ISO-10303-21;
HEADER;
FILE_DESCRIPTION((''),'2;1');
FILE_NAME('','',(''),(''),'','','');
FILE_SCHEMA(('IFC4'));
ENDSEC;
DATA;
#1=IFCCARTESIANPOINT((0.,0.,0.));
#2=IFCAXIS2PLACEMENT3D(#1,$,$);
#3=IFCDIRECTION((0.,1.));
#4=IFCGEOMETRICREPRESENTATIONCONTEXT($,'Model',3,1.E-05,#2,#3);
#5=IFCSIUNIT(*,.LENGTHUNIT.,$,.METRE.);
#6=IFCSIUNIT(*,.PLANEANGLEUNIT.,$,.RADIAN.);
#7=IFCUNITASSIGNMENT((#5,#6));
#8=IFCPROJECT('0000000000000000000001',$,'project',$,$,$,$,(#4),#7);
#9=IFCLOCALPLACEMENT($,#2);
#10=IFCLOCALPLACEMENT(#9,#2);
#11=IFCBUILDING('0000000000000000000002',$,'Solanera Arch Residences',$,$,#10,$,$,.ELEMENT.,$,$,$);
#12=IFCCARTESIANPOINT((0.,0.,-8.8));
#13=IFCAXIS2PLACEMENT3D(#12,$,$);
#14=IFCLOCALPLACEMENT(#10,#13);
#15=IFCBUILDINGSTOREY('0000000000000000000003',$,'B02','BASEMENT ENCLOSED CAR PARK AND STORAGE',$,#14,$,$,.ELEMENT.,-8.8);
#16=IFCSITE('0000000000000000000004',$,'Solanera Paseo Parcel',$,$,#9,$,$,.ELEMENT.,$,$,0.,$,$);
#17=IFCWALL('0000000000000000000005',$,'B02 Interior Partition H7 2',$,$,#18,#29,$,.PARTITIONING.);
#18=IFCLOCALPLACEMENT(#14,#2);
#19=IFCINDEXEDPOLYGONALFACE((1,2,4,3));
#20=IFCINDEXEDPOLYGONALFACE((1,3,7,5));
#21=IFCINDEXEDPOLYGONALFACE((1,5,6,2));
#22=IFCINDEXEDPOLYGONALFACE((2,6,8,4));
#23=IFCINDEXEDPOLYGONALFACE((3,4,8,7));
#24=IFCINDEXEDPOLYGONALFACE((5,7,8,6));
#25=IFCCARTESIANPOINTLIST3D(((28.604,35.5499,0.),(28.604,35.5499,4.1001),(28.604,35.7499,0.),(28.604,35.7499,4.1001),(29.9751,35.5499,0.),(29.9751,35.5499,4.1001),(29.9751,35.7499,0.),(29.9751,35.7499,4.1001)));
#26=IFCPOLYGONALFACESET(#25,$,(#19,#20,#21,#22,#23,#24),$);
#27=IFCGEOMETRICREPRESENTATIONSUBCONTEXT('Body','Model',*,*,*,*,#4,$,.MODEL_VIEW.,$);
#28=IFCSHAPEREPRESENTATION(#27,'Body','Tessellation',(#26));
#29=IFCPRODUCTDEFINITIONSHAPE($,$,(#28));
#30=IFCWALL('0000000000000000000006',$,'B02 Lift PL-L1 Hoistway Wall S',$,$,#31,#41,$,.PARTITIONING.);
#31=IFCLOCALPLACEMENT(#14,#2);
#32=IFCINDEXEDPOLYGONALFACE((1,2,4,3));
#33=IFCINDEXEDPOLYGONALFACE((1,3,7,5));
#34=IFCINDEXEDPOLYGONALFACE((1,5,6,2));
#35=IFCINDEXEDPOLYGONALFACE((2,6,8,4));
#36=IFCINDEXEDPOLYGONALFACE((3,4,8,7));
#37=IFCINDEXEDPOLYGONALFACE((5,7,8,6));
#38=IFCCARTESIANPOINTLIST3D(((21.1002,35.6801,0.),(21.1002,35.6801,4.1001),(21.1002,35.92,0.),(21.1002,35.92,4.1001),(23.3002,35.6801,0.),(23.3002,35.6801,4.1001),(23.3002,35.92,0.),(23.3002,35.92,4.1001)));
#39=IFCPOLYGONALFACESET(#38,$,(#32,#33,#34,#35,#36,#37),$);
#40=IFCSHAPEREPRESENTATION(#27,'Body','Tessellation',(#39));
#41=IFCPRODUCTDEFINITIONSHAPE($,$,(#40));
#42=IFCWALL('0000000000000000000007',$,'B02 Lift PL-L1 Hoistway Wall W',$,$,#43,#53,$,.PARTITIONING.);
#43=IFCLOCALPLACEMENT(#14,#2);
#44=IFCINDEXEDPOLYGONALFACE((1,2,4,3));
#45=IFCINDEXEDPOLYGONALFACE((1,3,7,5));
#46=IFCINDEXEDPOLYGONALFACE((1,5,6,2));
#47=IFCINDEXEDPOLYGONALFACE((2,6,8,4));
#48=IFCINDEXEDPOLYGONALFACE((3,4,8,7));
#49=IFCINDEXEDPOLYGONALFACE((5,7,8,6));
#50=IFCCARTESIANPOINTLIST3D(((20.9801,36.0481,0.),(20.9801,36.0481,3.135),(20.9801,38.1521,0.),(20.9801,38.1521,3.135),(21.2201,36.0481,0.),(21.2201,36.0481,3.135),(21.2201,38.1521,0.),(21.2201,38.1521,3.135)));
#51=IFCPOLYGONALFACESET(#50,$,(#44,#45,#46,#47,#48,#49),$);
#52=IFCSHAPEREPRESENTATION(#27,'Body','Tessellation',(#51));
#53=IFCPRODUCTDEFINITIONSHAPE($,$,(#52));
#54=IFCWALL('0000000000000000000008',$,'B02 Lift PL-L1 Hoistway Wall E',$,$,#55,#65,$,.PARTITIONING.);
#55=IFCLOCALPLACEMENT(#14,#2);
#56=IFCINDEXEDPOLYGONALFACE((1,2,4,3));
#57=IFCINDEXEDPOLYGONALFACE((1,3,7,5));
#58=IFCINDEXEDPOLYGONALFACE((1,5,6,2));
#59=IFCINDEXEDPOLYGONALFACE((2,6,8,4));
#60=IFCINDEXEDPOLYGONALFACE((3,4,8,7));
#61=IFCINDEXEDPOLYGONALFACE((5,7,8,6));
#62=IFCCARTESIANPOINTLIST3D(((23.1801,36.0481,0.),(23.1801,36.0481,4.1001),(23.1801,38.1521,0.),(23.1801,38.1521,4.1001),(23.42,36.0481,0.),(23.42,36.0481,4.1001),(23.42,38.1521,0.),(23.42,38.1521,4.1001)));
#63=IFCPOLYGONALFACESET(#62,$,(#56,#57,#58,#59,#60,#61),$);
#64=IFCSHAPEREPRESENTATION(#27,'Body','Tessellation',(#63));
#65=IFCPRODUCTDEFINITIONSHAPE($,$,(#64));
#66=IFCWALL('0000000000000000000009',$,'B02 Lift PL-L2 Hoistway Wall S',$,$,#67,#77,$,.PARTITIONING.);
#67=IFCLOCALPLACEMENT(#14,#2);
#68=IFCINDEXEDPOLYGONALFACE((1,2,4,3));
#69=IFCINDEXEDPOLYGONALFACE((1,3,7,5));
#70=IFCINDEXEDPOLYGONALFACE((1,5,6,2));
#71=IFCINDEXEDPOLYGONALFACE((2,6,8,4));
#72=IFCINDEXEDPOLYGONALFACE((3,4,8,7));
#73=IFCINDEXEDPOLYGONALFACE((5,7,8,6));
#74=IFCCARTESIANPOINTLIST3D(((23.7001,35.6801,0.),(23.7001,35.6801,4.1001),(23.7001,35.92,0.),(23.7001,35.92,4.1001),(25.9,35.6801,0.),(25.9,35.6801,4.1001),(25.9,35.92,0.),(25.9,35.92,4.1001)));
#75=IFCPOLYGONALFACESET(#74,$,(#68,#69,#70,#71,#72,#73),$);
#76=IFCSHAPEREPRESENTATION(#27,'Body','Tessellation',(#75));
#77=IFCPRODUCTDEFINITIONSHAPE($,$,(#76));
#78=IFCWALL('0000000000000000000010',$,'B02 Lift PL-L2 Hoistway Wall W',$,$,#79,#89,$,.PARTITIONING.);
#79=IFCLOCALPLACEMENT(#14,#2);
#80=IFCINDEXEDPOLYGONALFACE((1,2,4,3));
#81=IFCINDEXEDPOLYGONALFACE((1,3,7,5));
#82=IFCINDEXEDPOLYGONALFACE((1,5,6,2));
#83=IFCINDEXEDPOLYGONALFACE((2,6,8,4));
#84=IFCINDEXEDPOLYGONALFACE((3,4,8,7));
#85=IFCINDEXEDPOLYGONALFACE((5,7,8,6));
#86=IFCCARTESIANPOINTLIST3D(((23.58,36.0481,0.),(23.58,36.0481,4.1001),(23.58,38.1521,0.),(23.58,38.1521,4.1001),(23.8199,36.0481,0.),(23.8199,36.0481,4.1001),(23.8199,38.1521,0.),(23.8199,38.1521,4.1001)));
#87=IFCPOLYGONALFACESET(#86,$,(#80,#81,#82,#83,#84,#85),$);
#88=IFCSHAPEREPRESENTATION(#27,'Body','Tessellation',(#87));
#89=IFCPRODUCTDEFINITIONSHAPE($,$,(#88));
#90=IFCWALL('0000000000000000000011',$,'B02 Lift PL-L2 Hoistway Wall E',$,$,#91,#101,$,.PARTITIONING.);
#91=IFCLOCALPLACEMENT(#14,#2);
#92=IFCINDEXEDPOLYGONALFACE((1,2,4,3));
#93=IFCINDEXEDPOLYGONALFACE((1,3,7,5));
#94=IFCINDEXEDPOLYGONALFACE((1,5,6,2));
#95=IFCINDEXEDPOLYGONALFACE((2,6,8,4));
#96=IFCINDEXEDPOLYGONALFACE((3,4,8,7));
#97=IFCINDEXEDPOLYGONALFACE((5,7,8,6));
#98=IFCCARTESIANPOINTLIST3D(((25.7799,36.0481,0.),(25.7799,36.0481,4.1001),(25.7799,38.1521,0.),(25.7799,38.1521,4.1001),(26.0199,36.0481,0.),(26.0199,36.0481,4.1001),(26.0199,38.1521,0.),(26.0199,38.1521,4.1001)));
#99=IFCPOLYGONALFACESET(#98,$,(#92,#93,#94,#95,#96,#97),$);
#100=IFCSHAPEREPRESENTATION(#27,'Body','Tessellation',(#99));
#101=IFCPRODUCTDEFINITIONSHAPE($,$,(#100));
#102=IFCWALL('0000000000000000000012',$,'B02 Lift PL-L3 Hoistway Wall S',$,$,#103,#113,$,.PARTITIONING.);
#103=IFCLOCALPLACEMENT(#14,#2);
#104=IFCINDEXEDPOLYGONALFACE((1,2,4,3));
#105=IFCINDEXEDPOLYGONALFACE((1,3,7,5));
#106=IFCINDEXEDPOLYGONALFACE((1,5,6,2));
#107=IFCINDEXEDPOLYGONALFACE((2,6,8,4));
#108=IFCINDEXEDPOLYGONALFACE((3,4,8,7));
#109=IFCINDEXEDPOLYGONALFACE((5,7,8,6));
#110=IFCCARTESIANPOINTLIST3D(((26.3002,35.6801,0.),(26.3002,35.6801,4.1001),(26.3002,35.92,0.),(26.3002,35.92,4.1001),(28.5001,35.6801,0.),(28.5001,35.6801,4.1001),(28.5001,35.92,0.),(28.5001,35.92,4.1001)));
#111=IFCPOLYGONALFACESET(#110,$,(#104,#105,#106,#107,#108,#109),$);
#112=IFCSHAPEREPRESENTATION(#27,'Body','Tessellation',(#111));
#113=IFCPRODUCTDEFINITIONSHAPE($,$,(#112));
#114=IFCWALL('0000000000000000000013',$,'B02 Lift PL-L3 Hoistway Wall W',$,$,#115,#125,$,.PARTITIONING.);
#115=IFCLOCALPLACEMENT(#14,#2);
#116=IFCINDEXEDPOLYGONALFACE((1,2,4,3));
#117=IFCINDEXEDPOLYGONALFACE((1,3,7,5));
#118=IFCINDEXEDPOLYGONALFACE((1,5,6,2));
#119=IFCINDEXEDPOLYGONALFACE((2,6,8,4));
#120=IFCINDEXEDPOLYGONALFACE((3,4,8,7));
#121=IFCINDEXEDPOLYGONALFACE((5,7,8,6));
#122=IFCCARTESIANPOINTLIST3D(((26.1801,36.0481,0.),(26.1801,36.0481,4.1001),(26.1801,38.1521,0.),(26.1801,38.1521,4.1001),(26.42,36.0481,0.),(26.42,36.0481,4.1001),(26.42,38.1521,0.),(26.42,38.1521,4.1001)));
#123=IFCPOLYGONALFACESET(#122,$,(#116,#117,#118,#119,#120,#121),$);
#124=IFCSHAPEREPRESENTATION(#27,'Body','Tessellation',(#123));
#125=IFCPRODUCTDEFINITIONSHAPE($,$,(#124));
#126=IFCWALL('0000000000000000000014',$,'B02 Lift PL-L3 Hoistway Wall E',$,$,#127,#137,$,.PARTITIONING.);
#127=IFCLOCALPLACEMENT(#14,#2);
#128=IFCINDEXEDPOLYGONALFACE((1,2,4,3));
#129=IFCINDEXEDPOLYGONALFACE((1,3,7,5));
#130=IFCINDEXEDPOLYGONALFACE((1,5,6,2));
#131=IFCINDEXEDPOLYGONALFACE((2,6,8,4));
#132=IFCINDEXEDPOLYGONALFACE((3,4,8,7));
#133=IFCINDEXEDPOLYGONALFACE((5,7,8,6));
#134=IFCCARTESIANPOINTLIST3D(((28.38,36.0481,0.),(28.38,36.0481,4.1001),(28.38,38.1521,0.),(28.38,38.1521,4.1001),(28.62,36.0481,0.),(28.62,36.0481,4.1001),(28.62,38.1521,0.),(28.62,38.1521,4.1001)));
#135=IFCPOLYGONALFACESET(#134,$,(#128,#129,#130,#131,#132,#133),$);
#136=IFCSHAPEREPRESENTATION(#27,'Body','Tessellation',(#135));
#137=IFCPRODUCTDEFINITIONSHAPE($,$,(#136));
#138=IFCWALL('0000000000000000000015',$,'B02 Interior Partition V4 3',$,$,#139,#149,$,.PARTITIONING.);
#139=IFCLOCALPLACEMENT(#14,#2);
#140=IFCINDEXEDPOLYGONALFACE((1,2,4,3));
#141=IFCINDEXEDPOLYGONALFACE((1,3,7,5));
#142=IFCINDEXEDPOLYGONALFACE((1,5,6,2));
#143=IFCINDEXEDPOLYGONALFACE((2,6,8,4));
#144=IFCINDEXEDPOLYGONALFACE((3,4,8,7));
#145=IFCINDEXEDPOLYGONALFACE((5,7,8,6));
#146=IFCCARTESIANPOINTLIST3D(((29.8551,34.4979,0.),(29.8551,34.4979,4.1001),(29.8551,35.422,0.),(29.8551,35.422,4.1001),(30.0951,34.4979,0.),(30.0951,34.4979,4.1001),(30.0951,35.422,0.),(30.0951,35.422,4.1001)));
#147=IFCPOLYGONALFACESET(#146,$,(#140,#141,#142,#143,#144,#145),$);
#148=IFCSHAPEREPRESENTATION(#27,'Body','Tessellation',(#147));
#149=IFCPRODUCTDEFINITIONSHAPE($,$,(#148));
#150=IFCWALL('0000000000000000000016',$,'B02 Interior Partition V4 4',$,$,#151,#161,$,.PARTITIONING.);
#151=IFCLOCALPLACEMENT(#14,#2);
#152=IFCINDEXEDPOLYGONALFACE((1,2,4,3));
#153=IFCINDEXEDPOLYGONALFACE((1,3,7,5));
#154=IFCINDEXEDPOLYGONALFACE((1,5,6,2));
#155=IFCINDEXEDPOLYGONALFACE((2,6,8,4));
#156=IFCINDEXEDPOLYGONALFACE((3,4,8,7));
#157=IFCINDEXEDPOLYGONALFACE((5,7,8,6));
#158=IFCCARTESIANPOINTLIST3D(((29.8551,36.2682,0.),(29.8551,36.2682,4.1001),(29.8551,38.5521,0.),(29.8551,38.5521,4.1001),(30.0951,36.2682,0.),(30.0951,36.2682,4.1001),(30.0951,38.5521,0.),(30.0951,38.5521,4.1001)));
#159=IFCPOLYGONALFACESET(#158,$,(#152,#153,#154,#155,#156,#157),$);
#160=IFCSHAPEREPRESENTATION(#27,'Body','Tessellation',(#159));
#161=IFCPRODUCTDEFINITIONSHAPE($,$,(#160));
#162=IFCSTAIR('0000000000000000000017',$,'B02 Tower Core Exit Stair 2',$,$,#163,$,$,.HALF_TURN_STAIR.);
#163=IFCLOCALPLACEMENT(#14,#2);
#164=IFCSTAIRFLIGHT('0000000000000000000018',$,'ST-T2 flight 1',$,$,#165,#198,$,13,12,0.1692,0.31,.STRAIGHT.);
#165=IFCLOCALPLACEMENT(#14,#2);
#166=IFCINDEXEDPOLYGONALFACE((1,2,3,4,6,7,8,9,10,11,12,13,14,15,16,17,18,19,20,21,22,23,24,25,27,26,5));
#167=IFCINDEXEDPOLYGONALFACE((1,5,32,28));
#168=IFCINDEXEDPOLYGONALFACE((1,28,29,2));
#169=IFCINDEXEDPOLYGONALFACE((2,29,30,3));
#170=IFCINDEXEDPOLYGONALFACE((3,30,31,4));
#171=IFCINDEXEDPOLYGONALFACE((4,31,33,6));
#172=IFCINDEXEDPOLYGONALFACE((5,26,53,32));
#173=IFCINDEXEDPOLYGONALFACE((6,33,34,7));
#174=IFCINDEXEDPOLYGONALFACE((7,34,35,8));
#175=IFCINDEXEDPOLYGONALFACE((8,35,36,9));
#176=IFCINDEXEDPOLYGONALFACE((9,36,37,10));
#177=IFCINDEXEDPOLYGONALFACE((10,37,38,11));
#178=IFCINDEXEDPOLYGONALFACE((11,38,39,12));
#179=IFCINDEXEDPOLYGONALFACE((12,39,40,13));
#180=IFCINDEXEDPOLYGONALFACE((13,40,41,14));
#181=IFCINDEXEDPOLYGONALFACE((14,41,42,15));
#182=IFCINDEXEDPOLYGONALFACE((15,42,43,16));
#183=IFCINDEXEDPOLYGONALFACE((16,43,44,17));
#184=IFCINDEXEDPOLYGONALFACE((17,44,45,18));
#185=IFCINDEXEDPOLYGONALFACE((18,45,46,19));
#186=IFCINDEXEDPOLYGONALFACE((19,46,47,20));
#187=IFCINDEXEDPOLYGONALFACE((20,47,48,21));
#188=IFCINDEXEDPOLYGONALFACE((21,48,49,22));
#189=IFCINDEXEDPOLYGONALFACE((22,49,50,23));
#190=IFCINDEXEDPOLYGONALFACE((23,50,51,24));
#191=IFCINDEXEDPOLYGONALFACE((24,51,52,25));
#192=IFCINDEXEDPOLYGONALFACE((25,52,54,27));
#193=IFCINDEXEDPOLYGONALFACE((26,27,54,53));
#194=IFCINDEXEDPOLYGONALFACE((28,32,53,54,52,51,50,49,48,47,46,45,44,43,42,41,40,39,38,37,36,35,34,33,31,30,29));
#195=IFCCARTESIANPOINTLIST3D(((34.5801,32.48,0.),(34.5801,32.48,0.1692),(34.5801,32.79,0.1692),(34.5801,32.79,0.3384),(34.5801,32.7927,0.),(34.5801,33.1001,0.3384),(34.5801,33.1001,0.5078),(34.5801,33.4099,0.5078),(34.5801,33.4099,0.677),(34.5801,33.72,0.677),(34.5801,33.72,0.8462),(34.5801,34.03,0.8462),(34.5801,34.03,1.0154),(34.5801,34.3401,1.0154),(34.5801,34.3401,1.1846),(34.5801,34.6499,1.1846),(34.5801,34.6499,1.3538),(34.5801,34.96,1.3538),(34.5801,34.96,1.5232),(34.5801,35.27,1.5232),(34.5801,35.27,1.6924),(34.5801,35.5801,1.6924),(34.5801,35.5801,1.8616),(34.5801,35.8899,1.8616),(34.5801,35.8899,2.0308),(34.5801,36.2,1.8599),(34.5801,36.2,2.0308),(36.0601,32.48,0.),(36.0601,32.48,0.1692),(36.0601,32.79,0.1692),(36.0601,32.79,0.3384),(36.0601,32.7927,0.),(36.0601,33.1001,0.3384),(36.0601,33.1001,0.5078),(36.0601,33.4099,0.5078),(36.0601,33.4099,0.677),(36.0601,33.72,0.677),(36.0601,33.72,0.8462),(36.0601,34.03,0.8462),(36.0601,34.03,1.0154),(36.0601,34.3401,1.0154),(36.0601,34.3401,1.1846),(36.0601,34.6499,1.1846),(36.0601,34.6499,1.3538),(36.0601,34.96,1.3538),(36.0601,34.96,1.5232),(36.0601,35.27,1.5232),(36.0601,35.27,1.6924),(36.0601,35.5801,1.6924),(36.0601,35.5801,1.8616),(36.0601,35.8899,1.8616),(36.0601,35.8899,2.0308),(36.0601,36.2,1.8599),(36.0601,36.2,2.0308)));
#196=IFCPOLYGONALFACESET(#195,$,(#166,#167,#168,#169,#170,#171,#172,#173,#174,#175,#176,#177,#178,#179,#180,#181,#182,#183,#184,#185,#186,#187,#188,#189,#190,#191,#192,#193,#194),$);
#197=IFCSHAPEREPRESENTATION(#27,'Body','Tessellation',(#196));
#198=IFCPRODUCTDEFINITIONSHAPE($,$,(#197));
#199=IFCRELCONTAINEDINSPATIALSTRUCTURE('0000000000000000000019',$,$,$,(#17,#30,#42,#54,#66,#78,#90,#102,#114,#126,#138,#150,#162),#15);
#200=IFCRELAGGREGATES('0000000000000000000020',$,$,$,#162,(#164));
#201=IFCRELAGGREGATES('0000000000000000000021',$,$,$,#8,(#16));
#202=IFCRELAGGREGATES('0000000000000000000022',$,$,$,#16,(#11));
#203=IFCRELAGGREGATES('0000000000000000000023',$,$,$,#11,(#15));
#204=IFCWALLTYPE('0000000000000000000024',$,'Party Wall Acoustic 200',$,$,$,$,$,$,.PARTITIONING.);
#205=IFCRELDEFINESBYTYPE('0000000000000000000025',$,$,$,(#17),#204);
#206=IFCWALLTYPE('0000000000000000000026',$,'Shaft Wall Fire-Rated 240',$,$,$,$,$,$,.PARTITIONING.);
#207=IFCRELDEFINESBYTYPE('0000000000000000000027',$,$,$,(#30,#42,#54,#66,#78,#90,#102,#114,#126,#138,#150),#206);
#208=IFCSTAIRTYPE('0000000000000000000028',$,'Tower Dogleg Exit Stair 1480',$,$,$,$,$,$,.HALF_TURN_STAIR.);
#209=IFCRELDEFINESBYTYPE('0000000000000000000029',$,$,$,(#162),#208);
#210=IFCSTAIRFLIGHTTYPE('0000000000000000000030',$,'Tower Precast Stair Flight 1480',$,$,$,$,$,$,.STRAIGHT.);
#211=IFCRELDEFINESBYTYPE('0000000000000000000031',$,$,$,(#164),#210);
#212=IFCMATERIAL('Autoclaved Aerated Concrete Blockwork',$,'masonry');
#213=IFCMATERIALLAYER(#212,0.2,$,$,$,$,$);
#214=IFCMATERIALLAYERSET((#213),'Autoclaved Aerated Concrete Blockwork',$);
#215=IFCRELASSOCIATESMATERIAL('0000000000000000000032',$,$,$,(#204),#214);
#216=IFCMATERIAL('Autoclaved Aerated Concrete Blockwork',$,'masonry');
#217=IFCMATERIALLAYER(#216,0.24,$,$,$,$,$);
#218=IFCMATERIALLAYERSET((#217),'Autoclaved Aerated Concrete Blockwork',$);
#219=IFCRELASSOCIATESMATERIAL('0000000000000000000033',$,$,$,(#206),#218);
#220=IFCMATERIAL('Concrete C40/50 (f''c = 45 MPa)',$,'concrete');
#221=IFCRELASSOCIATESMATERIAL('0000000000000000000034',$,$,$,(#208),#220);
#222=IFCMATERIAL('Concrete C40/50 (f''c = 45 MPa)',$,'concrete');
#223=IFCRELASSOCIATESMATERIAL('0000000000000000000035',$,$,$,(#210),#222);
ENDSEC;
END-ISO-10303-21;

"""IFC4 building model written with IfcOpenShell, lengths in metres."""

from ifc_helpers import new_model, si_unit, direction, frame, frame_2d, origin, place, context, subcontext, project, spatial, polyline, rectangle, outline, extrude, material, layer, layer_set, type_object, element, aggregate, save


model = new_model("IFC4")

# Units and contexts
model_context = context("Model", 3, precision=1e-05, world=origin(), true_north=direction((0.0, 1.0)))
body_context = subcontext(model_context, "Body", "Model", "MODEL_VIEW")
ifc_project = project(units=[si_unit("LENGTHUNIT", "METRE"), si_unit("PLANEANGLEUNIT", "RADIAN")], contexts=[model_context])

# Site, building, storey
site_placement = place(None, origin())
site = spatial("IfcSite", under=ifc_project, at=site_placement, Name="Solanera Paseo Parcel", CompositionType="ELEMENT", RefElevation=0.0)
building_placement = place(site_placement, origin())
building = spatial("IfcBuilding", under=site, at=building_placement, Name="Solanera Arch Residences", CompositionType="ELEMENT")
storey_placement = place(building_placement, frame((0.0, 0.0, -8.8)))
storey = spatial("IfcBuildingStorey", under=building, at=storey_placement, Name="B02", Description="BASEMENT ENCLOSED CAR PARK AND STORAGE", CompositionType="ELEMENT", Elevation=-8.8)

# Walls
ifc_material_1 = material(Name="Autoclaved Aerated Concrete Blockwork", Category="masonry")
ifc_layer_1 = layer(ifc_material_1, 0.2)
ifc_layer_set_1 = layer_set([ifc_layer_1], Name="Autoclaved Aerated Concrete Blockwork")
wall_type_1 = type_object("IfcWallType", Name="Party Wall Acoustic 200", PredefinedType="PARTITIONING", material=ifc_layer_set_1)
wall_1_placement = place(storey_placement, frame((28.604, 35.6499, 0.0), z_axis=(0.0, 0.0, 1.0), x_axis=(1.0, 0.0, 0.0)))
element("IfcWall", 1, at=wall_1_placement, inside=storey, type_object=wall_type_1, Name="B02 Interior Partition H7 2", PredefinedType="PARTITIONING", context=body_context, shape_type="SweptSolid", body=[
    extrude(rectangle(XDim=1.3711, YDim=0.2, at=frame_2d((0.6855, 0.0))), origin(), (0.0, 0.0, 1.0), 4.1001),
])
ifc_material_2 = material(Name="Autoclaved Aerated Concrete Blockwork", Category="masonry")
ifc_layer_2 = layer(ifc_material_2, 0.24)
ifc_layer_set_2 = layer_set([ifc_layer_2], Name="Autoclaved Aerated Concrete Blockwork")
wall_type_2 = type_object("IfcWallType", Name="Shaft Wall Fire-Rated 240", PredefinedType="PARTITIONING", material=ifc_layer_set_2)
wall_2_placement = place(storey_placement, frame((21.1001, 35.8, 0.0), z_axis=(0.0, 0.0, 1.0), x_axis=(1.0, 0.0, 0.0)))
element("IfcWall", 2, at=wall_2_placement, inside=storey, type_object=wall_type_2, Name="B02 Lift PL-L1 Hoistway Wall S", PredefinedType="PARTITIONING", context=body_context, shape_type="SweptSolid", body=[
    extrude(rectangle(XDim=2.2, YDim=0.24, at=frame_2d((1.1001, 0.0))), origin(), (0.0, 0.0, 1.0), 4.1001),
])
wall_3_placement = place(storey_placement, frame((21.1001, 36.0481, 0.0), z_axis=(0.0, 0.0, 1.0), x_axis=(0.0, 1.0, 0.0)))
element("IfcWall", 3, at=wall_3_placement, inside=storey, type_object=wall_type_2, Name="B02 Lift PL-L1 Hoistway Wall W", PredefinedType="PARTITIONING", context=body_context, shape_type="SweptSolid", body=[
    extrude(rectangle(XDim=2.104, YDim=0.24, at=frame_2d((1.052, 0.0))), origin(), (0.0, 0.0, 1.0), 3.135),
])
wall_4_placement = place(storey_placement, frame((23.3, 36.0481, 0.0), z_axis=(0.0, 0.0, 1.0), x_axis=(0.0, 1.0, 0.0)))
element("IfcWall", 4, at=wall_4_placement, inside=storey, type_object=wall_type_2, Name="B02 Lift PL-L1 Hoistway Wall E", PredefinedType="PARTITIONING", context=body_context, shape_type="SweptSolid", body=[
    extrude(rectangle(XDim=2.104, YDim=0.24, at=frame_2d((1.052, 0.0))), origin(), (0.0, 0.0, 1.0), 4.1001),
])
wall_5_placement = place(storey_placement, frame((23.7, 35.8, 0.0), z_axis=(0.0, 0.0, 1.0), x_axis=(1.0, 0.0, 0.0)))
element("IfcWall", 5, at=wall_5_placement, inside=storey, type_object=wall_type_2, Name="B02 Lift PL-L2 Hoistway Wall S", PredefinedType="PARTITIONING", context=body_context, shape_type="SweptSolid", body=[
    extrude(rectangle(XDim=2.2, YDim=0.24, at=frame_2d((1.1001, 0.0))), origin(), (0.0, 0.0, 1.0), 4.1001),
])
for number, where, z_axis, x_axis, name in (
    (6, (23.7, 36.0481, 0.0), (0.0, 0.0, 1.0), (0.0, 1.0, 0.0), "B02 Lift PL-L2 Hoistway Wall W"),
    (7, (25.8999, 36.0481, 0.0), (0.0, 0.0, 1.0), (0.0, 1.0, 0.0), "B02 Lift PL-L2 Hoistway Wall E"),
):
    element("IfcWall", number, at=place(storey_placement, frame(where, z_axis=z_axis, x_axis=x_axis)), inside=storey, type_object=wall_type_2, Name=name, PredefinedType="PARTITIONING", context=body_context, shape_type="SweptSolid", body=[
        extrude(rectangle(XDim=2.104, YDim=0.24, at=frame_2d((1.052, 0.0))), origin(), (0.0, 0.0, 1.0), 4.1001),
    ])
wall_6_placement = place(storey_placement, frame((26.3, 35.8, 0.0), z_axis=(0.0, 0.0, 1.0), x_axis=(1.0, 0.0, 0.0)))
element("IfcWall", 8, at=wall_6_placement, inside=storey, type_object=wall_type_2, Name="B02 Lift PL-L3 Hoistway Wall S", PredefinedType="PARTITIONING", context=body_context, shape_type="SweptSolid", body=[
    extrude(rectangle(XDim=2.2, YDim=0.24, at=frame_2d((1.1001, 0.0))), origin(), (0.0, 0.0, 1.0), 4.1001),
])
for number, where, z_axis, x_axis, name in (
    (9, (26.3, 36.0481, 0.0), (0.0, 0.0, 1.0), (0.0, 1.0, 0.0), "B02 Lift PL-L3 Hoistway Wall W"),
    (10, (28.5, 36.0481, 0.0), (0.0, 0.0, 1.0), (0.0, 1.0, 0.0), "B02 Lift PL-L3 Hoistway Wall E"),
):
    element("IfcWall", number, at=place(storey_placement, frame(where, z_axis=z_axis, x_axis=x_axis)), inside=storey, type_object=wall_type_2, Name=name, PredefinedType="PARTITIONING", context=body_context, shape_type="SweptSolid", body=[
        extrude(rectangle(XDim=2.104, YDim=0.24, at=frame_2d((1.052, 0.0))), origin(), (0.0, 0.0, 1.0), 4.1001),
    ])

# Walls
wall_7_placement = place(storey_placement, frame((29.9751, 34.498, 0.0), z_axis=(0.0, 0.0, 1.0), x_axis=(0.0, 1.0, 0.0)))
element("IfcWall", 11, at=wall_7_placement, inside=storey, type_object=wall_type_2, Name="B02 Interior Partition V4 3", PredefinedType="PARTITIONING", context=body_context, shape_type="SweptSolid", body=[
    extrude(rectangle(XDim=0.9241, YDim=0.24, at=frame_2d((0.4619, 0.0))), origin(), (0.0, 0.0, 1.0), 4.1001),
])
wall_8_placement = place(storey_placement, frame((29.9751, 36.2681, 0.0), z_axis=(0.0, 0.0, 1.0), x_axis=(0.0, 1.0, 0.0)))
element("IfcWall", 12, at=wall_8_placement, inside=storey, type_object=wall_type_2, Name="B02 Interior Partition V4 4", PredefinedType="PARTITIONING", context=body_context, shape_type="SweptSolid", body=[
    extrude(rectangle(XDim=2.2839, YDim=0.24, at=frame_2d((1.1421, 0.0))), origin(), (0.0, 0.0, 1.0), 4.1001),
])

# Stair, stair flight
ifc_material_3 = material(Name="Concrete C40/50 (f'c = 45 MPa)", Category="concrete")
stair_type = type_object("IfcStairType", Name="Tower Dogleg Exit Stair 1480", PredefinedType="HALF_TURN_STAIR", material=ifc_material_3)
stair_placement = place(storey_placement, origin())
stair = element("IfcStair", 13, at=stair_placement, inside=storey, type_object=stair_type, Name="B02 Tower Core Exit Stair 2", PredefinedType="HALF_TURN_STAIR")
ifc_material_4 = material(Name="Concrete C40/50 (f'c = 45 MPa)", Category="concrete")
stair_flight_type = type_object("IfcStairFlightType", Name="Tower Precast Stair Flight 1480", PredefinedType="STRAIGHT", material=ifc_material_4)
stair_flight_1_placement = place(storey_placement, frame((35.3201, 32.48, 0.0), z_axis=(0.0, 0.0, 1.0), x_axis=(0.0, 1.0, 0.0)))
stair_flight_1 = element("IfcStairFlight", 14, at=stair_flight_1_placement, type_object=stair_flight_type, Name="ST-T2 flight 1", NumberOfRisers=13, NumberOfTreads=12, PredefinedType="STRAIGHT", RiserHeight=0.1692, TreadLength=0.31, context=body_context, shape_type="SweptSolid", body=[
    extrude(outline(polyline([(0.0, 0.0), (0.0, 0.1692), (0.3101, 0.1692), (0.3101, 0.3384), (0.6201, 0.3384), (0.6201, 0.5078), (0.9299, 0.5078), (0.9299, 0.677), (1.24, 0.677), (1.24, 0.8462), (1.55, 0.8462), (1.55, 1.0154), (1.8601, 1.0154), (1.8601, 1.1846), (2.1699, 1.1846), (2.1699, 1.3538), (2.48, 1.3538), (2.48, 1.5232), (2.79, 1.5232), (2.79, 1.6924), (3.1001, 1.6924), (3.1001, 1.8616), (3.4099, 1.8616), (3.4099, 2.0308), (3.72, 2.0308), (3.72, 2.2), (3.72, 1.8599), (0.3127, 0.0), (0.0, 0.0)])), frame((0.0, 0.74, 0.0), z_axis=(0.0, -1.0, 0.0), x_axis=(1.0, 0.0, 0.0)), (0.0, 0.0, 1.0), 1.48),
])
aggregate(stair, [stair_flight_1])

save(model, "model.ifc")
